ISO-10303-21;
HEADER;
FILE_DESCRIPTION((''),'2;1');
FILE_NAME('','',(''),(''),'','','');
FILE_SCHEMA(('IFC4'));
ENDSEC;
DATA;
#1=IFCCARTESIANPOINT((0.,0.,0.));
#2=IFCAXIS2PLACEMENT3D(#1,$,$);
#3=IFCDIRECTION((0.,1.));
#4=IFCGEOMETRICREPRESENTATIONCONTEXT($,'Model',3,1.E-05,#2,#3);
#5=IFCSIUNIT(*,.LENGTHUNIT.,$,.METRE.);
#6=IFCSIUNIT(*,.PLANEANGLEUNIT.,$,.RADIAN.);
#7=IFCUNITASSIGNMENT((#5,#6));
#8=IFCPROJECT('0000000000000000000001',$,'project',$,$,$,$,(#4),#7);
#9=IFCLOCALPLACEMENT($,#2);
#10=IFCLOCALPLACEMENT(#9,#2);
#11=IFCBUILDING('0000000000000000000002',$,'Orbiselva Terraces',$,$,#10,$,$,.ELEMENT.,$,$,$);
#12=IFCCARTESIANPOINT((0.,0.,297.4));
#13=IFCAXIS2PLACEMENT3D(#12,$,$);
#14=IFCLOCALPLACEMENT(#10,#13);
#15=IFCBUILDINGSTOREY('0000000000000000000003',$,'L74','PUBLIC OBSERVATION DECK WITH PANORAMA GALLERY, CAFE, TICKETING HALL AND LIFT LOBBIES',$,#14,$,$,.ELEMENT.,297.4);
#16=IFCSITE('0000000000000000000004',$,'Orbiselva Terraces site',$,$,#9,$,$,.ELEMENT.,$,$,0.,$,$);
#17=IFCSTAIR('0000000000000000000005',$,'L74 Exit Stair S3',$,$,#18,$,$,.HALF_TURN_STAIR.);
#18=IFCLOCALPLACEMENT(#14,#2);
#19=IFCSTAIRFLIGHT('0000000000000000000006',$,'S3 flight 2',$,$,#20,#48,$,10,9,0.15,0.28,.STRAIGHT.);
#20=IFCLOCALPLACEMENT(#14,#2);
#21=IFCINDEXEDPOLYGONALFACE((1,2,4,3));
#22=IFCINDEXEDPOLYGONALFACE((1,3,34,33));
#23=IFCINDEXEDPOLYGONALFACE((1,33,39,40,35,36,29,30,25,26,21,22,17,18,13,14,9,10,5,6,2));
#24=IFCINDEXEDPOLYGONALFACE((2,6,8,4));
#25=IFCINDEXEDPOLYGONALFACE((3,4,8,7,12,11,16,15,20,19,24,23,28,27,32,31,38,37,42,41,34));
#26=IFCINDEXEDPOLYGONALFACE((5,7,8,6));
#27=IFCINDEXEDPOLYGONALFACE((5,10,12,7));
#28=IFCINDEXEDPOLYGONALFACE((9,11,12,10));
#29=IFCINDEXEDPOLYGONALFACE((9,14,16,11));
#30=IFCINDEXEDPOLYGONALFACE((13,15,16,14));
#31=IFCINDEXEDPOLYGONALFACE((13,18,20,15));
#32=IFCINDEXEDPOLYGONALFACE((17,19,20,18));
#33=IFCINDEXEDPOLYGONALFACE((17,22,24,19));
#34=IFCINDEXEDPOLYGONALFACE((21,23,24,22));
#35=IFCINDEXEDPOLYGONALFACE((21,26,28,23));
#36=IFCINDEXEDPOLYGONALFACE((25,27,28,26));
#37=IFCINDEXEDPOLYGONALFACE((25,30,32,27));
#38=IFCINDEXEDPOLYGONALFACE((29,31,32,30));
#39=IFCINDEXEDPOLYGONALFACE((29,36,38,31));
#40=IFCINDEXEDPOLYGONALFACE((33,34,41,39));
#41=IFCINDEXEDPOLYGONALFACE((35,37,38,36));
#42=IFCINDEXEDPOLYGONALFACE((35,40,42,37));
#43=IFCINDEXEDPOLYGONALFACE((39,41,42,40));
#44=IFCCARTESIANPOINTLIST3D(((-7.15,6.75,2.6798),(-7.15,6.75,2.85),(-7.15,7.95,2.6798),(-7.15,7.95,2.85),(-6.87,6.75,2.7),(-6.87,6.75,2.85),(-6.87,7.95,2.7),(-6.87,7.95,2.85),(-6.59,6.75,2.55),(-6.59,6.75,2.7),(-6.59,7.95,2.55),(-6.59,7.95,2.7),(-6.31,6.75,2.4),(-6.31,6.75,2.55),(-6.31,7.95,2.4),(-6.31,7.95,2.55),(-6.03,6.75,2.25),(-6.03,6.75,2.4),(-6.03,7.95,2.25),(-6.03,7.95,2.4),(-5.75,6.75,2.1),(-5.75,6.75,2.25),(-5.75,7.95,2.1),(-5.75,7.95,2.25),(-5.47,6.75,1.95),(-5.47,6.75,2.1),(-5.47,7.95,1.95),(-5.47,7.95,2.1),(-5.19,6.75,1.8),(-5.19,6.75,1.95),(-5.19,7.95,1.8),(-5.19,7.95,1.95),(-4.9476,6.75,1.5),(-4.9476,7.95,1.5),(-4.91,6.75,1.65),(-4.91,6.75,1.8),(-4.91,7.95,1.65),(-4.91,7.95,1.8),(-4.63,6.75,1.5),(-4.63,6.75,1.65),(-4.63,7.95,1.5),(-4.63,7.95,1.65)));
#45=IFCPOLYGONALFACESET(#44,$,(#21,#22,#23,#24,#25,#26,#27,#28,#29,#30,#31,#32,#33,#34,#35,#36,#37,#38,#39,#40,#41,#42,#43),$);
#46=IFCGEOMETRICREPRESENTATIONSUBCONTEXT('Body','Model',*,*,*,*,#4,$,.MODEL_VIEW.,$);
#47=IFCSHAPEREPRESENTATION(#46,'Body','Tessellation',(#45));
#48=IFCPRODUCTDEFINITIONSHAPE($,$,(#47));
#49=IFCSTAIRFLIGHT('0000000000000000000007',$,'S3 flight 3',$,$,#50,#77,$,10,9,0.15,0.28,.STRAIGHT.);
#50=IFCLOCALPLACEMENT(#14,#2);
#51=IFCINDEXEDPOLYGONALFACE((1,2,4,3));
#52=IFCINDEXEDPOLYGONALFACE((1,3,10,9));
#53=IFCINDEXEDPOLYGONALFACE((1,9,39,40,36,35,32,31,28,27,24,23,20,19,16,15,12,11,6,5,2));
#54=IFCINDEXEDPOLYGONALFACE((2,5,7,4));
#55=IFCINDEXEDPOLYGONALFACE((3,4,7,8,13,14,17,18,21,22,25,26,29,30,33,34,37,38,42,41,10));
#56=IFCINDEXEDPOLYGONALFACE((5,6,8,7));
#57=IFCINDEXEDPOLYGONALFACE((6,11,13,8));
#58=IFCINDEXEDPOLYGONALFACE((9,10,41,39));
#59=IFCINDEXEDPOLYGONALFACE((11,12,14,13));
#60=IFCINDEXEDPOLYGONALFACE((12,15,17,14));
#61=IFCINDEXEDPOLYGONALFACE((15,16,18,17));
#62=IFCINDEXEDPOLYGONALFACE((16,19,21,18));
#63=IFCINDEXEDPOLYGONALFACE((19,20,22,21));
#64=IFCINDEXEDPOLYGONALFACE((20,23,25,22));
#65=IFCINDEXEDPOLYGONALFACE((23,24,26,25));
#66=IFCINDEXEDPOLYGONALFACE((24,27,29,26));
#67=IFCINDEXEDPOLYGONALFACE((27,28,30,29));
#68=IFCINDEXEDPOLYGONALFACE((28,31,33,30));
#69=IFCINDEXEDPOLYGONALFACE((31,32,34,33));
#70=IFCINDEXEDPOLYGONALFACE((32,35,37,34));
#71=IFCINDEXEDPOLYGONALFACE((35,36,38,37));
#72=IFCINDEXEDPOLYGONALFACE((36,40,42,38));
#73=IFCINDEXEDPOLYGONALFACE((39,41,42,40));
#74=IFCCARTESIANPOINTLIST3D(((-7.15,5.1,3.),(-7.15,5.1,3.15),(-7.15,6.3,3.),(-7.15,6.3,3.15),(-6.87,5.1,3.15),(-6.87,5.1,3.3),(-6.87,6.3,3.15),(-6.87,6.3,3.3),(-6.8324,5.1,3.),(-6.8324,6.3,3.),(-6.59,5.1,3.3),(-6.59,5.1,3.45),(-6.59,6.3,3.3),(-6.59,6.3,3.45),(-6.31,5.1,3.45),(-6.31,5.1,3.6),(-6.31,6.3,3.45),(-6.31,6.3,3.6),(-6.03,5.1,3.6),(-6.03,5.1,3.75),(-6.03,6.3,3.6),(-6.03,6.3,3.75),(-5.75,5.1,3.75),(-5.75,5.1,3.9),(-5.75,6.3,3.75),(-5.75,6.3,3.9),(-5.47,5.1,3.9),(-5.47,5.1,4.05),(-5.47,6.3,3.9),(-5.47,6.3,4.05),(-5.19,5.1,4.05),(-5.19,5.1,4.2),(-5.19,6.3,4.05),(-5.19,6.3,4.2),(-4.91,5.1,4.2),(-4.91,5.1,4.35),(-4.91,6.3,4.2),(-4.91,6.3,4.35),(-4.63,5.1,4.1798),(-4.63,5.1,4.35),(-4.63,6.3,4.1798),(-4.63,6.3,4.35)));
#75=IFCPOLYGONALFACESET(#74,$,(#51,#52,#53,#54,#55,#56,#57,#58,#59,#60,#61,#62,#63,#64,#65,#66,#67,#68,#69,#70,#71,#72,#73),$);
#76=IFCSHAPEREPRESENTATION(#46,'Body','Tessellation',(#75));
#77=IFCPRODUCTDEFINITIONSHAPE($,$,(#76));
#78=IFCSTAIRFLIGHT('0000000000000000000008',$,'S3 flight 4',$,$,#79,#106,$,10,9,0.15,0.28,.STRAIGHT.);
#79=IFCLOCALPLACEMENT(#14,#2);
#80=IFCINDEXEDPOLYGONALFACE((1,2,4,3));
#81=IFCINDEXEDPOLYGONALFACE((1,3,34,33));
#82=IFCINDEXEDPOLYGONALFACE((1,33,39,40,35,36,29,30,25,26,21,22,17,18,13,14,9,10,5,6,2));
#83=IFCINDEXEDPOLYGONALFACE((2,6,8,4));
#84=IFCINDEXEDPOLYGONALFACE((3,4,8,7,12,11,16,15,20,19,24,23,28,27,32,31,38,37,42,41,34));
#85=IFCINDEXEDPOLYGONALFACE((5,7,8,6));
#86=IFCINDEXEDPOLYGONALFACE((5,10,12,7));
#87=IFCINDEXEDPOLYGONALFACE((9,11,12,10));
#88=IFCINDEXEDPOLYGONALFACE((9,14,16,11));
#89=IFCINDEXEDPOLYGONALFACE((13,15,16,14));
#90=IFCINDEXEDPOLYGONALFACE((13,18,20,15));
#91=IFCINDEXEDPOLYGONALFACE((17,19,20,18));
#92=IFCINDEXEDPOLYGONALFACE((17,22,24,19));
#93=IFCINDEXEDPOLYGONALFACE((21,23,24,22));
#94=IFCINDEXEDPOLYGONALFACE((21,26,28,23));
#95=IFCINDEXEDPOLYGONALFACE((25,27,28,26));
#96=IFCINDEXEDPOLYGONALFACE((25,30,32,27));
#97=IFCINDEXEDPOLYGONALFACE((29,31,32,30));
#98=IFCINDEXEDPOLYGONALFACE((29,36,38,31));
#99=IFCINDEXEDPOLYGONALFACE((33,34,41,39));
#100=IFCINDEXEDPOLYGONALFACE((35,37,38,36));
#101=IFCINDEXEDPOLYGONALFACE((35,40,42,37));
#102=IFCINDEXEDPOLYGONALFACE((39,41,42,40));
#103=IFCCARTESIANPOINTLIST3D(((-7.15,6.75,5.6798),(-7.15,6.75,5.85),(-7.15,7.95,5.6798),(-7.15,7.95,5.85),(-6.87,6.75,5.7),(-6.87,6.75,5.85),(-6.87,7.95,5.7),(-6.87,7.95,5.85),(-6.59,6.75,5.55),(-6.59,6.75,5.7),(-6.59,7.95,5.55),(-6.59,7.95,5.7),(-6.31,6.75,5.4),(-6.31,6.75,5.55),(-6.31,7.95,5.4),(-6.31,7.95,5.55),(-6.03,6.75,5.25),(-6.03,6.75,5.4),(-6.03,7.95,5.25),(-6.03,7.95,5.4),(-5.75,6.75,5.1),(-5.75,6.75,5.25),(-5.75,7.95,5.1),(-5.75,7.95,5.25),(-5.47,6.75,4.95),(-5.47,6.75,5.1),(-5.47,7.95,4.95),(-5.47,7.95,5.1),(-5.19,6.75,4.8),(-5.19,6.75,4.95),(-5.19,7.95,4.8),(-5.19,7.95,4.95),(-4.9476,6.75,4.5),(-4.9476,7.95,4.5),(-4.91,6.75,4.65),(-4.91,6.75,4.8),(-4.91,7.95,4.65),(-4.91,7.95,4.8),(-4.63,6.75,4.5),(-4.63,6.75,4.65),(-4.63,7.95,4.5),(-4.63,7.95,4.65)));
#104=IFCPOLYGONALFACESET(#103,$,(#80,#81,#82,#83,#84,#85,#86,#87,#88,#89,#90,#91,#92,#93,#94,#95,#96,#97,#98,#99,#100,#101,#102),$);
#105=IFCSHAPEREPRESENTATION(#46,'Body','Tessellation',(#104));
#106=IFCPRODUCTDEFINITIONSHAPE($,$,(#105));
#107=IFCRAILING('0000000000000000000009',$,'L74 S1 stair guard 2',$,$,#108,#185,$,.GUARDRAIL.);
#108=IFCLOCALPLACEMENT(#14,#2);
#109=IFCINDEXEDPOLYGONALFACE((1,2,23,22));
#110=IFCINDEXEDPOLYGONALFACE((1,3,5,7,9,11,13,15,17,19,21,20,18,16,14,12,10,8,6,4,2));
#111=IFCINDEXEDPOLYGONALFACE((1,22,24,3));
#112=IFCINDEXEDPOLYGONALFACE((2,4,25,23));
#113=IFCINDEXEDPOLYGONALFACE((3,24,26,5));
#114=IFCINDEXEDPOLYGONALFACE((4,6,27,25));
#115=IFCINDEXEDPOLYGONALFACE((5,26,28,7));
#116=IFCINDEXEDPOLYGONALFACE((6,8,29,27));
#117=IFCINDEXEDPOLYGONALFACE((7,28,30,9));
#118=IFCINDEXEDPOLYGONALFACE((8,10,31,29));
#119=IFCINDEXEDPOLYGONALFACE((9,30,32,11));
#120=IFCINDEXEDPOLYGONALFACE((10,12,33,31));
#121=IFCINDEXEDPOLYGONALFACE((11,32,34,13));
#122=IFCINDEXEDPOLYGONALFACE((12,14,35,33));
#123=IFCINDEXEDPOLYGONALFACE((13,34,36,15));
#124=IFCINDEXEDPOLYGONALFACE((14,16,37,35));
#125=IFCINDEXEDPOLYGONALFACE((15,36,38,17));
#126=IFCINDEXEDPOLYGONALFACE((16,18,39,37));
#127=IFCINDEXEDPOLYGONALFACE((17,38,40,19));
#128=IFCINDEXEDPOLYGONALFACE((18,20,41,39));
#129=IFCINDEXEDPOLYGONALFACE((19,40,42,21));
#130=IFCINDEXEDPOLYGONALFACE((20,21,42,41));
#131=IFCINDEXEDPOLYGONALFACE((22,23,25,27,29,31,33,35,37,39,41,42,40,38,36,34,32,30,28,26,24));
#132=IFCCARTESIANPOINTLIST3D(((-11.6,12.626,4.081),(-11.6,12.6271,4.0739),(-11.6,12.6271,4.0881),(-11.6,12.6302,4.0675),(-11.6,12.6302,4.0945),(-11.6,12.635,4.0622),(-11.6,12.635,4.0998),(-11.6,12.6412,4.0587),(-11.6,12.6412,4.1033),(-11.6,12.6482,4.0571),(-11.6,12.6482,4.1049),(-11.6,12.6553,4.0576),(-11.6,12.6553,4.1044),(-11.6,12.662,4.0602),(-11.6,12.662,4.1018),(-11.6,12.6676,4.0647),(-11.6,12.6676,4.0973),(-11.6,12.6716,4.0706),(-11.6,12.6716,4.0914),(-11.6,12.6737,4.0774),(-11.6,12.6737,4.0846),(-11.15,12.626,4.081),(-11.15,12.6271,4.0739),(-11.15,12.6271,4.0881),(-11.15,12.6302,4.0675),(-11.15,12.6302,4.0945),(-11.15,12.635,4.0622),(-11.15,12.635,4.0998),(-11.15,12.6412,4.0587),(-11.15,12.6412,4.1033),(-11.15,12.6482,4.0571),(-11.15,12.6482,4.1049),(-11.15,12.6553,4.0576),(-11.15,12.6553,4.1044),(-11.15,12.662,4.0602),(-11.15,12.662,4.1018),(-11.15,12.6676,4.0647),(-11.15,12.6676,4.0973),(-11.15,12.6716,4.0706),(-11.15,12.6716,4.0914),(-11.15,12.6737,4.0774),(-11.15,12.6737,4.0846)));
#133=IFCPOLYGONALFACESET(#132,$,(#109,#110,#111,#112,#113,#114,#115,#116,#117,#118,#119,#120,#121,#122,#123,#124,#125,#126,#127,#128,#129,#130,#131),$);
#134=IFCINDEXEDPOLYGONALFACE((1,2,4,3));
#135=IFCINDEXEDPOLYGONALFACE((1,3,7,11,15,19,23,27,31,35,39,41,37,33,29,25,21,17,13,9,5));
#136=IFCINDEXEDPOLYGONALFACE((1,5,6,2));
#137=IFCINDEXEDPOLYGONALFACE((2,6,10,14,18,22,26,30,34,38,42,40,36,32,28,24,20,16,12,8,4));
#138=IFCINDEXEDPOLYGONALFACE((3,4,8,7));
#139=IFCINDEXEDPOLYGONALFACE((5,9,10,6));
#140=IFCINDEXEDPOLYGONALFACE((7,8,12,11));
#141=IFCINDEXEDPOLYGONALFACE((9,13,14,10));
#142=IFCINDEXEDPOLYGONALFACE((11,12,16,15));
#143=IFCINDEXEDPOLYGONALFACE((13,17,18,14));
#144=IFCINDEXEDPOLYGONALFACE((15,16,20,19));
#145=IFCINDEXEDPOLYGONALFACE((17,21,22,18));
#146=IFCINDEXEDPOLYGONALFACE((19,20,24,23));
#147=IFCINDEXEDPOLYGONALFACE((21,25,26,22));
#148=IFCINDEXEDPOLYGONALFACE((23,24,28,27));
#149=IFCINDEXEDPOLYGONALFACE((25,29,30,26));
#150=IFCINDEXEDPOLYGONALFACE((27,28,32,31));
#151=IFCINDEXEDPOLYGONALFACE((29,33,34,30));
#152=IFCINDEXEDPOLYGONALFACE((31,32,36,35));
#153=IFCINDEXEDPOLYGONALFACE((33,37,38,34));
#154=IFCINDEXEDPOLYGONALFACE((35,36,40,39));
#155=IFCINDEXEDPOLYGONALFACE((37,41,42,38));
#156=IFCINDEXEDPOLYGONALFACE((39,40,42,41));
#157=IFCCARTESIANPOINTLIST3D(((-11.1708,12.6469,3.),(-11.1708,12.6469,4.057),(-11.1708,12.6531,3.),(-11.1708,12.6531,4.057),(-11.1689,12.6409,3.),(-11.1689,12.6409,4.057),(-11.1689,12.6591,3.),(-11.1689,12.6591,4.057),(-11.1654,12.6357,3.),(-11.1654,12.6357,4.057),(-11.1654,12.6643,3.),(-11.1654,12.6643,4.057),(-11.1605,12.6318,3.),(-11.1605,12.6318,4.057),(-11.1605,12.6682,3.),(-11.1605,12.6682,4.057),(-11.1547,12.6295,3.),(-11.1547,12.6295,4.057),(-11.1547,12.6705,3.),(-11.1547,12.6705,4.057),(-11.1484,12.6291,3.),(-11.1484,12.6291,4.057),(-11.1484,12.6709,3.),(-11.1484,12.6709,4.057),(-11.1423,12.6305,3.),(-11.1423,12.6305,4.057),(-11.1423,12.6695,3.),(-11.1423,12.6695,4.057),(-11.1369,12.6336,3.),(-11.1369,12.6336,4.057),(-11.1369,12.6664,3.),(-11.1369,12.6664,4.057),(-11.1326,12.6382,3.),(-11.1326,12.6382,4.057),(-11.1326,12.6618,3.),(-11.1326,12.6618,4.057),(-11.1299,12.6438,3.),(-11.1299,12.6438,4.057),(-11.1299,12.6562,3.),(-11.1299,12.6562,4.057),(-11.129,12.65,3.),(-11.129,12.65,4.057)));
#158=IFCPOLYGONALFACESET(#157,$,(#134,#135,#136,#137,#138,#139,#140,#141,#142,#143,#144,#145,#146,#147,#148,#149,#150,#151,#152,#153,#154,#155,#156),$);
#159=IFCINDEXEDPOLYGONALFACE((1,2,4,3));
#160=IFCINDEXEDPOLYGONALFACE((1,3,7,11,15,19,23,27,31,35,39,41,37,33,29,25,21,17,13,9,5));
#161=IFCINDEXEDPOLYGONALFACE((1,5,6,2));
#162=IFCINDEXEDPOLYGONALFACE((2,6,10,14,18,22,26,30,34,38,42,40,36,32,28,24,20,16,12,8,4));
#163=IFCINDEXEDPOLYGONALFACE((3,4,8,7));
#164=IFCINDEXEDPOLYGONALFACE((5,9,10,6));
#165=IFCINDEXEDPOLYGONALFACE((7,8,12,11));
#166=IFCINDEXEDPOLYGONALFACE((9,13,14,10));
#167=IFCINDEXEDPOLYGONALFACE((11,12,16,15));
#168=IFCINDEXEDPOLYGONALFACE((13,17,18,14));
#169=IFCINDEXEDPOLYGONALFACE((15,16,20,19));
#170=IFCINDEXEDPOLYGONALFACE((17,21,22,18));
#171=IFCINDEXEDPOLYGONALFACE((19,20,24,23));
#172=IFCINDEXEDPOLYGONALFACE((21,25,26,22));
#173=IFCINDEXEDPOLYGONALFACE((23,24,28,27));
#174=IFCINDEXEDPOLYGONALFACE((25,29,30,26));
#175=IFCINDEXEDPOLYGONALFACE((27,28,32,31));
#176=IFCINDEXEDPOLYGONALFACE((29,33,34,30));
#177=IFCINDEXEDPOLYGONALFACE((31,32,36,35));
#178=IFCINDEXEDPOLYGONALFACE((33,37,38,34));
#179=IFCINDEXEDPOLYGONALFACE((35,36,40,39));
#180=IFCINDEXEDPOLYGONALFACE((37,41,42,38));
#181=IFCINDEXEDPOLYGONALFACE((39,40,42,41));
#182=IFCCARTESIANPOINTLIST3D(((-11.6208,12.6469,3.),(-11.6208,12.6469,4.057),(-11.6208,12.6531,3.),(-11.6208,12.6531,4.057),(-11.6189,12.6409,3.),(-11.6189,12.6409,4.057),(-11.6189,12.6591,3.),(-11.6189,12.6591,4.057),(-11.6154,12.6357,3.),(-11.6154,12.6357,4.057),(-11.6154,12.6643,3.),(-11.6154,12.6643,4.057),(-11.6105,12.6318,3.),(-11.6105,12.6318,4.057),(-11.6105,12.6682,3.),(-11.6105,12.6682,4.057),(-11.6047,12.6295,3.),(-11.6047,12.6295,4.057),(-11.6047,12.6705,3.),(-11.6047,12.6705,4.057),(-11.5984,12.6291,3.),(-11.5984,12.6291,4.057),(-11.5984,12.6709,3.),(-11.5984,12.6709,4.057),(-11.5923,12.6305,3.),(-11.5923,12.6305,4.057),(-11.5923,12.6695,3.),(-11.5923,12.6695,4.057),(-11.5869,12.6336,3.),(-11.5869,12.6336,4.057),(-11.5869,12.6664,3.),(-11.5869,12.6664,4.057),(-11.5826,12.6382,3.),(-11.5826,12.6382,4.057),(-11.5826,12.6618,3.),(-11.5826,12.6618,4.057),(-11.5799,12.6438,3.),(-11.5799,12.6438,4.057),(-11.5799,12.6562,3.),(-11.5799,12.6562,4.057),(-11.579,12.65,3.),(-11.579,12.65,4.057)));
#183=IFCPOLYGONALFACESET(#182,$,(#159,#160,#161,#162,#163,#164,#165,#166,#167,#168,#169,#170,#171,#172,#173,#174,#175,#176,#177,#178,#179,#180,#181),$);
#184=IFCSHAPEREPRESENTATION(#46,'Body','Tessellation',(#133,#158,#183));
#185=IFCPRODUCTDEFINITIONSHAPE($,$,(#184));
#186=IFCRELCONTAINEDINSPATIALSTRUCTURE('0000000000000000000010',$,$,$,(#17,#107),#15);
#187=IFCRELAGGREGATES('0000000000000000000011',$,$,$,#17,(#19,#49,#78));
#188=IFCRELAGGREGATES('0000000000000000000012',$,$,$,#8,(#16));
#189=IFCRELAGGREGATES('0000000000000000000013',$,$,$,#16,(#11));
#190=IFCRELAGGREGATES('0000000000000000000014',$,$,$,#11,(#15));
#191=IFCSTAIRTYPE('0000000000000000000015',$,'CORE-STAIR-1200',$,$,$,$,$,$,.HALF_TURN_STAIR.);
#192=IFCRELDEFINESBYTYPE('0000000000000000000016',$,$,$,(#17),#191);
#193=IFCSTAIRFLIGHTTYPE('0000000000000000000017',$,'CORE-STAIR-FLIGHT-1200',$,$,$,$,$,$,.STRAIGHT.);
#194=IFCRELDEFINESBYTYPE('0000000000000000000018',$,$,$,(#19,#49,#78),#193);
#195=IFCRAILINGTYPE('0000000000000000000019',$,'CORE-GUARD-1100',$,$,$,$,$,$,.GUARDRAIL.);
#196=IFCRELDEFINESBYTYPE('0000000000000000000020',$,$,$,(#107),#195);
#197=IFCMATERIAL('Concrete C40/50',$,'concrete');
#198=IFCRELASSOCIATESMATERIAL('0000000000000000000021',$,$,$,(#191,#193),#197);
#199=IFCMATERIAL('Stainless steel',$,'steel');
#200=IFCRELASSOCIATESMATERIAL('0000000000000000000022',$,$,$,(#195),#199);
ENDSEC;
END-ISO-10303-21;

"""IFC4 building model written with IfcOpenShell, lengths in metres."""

from ifc_helpers import new_model, si_unit, direction, frame, origin, origin_2d, place, context, subcontext, project, spatial, polyline, circle, outline, extrude, material, type_object, element, aggregate, save


model = new_model("IFC4")

# Units and contexts
model_context = context("Model", 3, precision=1e-05, world=origin(), true_north=direction((0.0, 1.0)))
body_context = subcontext(model_context, "Body", "Model", "MODEL_VIEW")
ifc_project = project(units=[si_unit("LENGTHUNIT", "METRE"), si_unit("PLANEANGLEUNIT", "RADIAN")], contexts=[model_context])

# Site, building, storey
site_placement = place(None, origin())
site = spatial("IfcSite", under=ifc_project, at=site_placement, Name="Orbiselva Terraces site", CompositionType="ELEMENT", RefElevation=0.0)
building_placement = place(site_placement, origin())
building = spatial("IfcBuilding", under=site, at=building_placement, Name="Orbiselva Terraces", CompositionType="ELEMENT")
storey_placement = place(building_placement, frame((0.0, 0.0, 297.4)))
storey = spatial("IfcBuildingStorey", under=building, at=storey_placement, Name="L74", Description="PUBLIC OBSERVATION DECK WITH PANORAMA GALLERY, CAFE, TICKETING HALL AND LIFT LOBBIES", CompositionType="ELEMENT", Elevation=297.4)

# Stair, stair flights
ifc_material_1 = material(Name="Concrete C40/50", Category="concrete")
stair_type = type_object("IfcStairType", Name="CORE-STAIR-1200", PredefinedType="HALF_TURN_STAIR", material=ifc_material_1)
stair_placement = place(storey_placement, origin())
stair = element("IfcStair", 1, at=stair_placement, inside=storey, type_object=stair_type, Name="L74 Exit Stair S3", PredefinedType="HALF_TURN_STAIR")
stair_flight_type = type_object("IfcStairFlightType", Name="CORE-STAIR-FLIGHT-1200", PredefinedType="STRAIGHT", material=ifc_material_1)
stair_flight_1_placement = place(storey_placement, frame((-4.63, 7.35, 1.5), z_axis=(0.0, 0.0, 1.0), x_axis=(-1.0, 0.0, 0.0)))
stair_flight_1 = element("IfcStairFlight", 2, at=stair_flight_1_placement, type_object=stair_flight_type, Name="S3 flight 2", NumberOfRisers=10, NumberOfTreads=9, PredefinedType="STRAIGHT", RiserHeight=0.15, TreadLength=0.28, context=body_context, shape_type="SweptSolid", body=[
    extrude(outline(polyline([(0.0, 0.0), (0.0, 0.15), (0.28, 0.15), (0.28, 0.3), (0.56, 0.3), (0.56, 0.45), (0.84, 0.45), (0.84, 0.6), (1.12, 0.6), (1.12, 0.75), (1.4, 0.75), (1.4, 0.9), (1.68, 0.9), (1.68, 1.05), (1.96, 1.05), (1.96, 1.2), (2.24, 1.2), (2.24, 1.35), (2.52, 1.35), (2.52, 1.5), (2.52, 1.1798), (0.3176, 0.0), (0.0, 0.0)])), frame((0.0, 0.6, 0.0), z_axis=(0.0, -1.0, 0.0), x_axis=(1.0, 0.0, 0.0)), (0.0, 0.0, 1.0), 1.2),
])
stair_flight_2_placement = place(storey_placement, frame((-7.15, 5.7, 3.0), z_axis=(0.0, 0.0, 1.0), x_axis=(1.0, 0.0, 0.0)))
stair_flight_2 = element("IfcStairFlight", 3, at=stair_flight_2_placement, type_object=stair_flight_type, Name="S3 flight 3", NumberOfRisers=10, NumberOfTreads=9, PredefinedType="STRAIGHT", RiserHeight=0.15, TreadLength=0.28, context=body_context, shape_type="SweptSolid", body=[
    extrude(outline(polyline([(0.0, 0.0), (0.0, 0.15), (0.28, 0.15), (0.28, 0.3), (0.56, 0.3), (0.56, 0.45), (0.84, 0.45), (0.84, 0.6), (1.12, 0.6), (1.12, 0.75), (1.4, 0.75), (1.4, 0.9), (1.68, 0.9), (1.68, 1.05), (1.96, 1.05), (1.96, 1.2), (2.24, 1.2), (2.24, 1.35), (2.52, 1.35), (2.52, 1.5), (2.52, 1.1798), (0.3176, 0.0), (0.0, 0.0)])), frame((0.0, 0.6, 0.0), z_axis=(0.0, -1.0, 0.0), x_axis=(1.0, 0.0, 0.0)), (0.0, 0.0, 1.0), 1.2),
])
stair_flight_3_placement = place(storey_placement, frame((-4.63, 7.35, 4.5), z_axis=(0.0, 0.0, 1.0), x_axis=(-1.0, 0.0, 0.0)))
stair_flight_3 = element("IfcStairFlight", 4, at=stair_flight_3_placement, type_object=stair_flight_type, Name="S3 flight 4", NumberOfRisers=10, NumberOfTreads=9, PredefinedType="STRAIGHT", RiserHeight=0.15, TreadLength=0.28, context=body_context, shape_type="SweptSolid", body=[
    extrude(outline(polyline([(0.0, 0.0), (0.0, 0.15), (0.28, 0.15), (0.28, 0.3), (0.56, 0.3), (0.56, 0.45), (0.84, 0.45), (0.84, 0.6), (1.12, 0.6), (1.12, 0.75), (1.4, 0.75), (1.4, 0.9), (1.68, 0.9), (1.68, 1.05), (1.96, 1.05), (1.96, 1.2), (2.24, 1.2), (2.24, 1.35), (2.52, 1.35), (2.52, 1.5), (2.52, 1.1798), (0.3176, 0.0), (0.0, 0.0)])), frame((0.0, 0.6, 0.0), z_axis=(0.0, -1.0, 0.0), x_axis=(1.0, 0.0, 0.0)), (0.0, 0.0, 1.0), 1.2),
])
aggregate(stair, [stair_flight_1, stair_flight_2, stair_flight_3])

# Railing
ifc_material_2 = material(Name="Stainless steel", Category="steel")
railing_type_1 = type_object("IfcRailingType", Name="CORE-GUARD-1100", PredefinedType="GUARDRAIL", material=ifc_material_2)
for number, where, name in (
    (5, (-11.15, 12.65, 3.0), "L74 S1 stair guard 2"),
):
    element("IfcRailing", number, at=place(storey_placement, frame(where)), inside=storey, type_object=railing_type_1, Name=name, PredefinedType="GUARDRAIL", context=body_context, shape_type="SweptSolid", body=[
        extrude(circle(Radius=0.024, at=origin_2d()), frame((0.0, 0.0, 1.081), z_axis=(-1.0, 0.0, 0.0), x_axis=(0.0, -1.0, 0.0)), (0.0, 0.0, 1.0), 0.45),
        extrude(circle(Radius=0.021, at=origin_2d()), origin(), (0.0, 0.0, 1.0), 1.057),
        extrude(circle(Radius=0.021, at=origin_2d()), frame((-0.45, 0.0, 0.0)), (0.0, 0.0, 1.0), 1.057),
    ])

save(model, "model.ifc")
